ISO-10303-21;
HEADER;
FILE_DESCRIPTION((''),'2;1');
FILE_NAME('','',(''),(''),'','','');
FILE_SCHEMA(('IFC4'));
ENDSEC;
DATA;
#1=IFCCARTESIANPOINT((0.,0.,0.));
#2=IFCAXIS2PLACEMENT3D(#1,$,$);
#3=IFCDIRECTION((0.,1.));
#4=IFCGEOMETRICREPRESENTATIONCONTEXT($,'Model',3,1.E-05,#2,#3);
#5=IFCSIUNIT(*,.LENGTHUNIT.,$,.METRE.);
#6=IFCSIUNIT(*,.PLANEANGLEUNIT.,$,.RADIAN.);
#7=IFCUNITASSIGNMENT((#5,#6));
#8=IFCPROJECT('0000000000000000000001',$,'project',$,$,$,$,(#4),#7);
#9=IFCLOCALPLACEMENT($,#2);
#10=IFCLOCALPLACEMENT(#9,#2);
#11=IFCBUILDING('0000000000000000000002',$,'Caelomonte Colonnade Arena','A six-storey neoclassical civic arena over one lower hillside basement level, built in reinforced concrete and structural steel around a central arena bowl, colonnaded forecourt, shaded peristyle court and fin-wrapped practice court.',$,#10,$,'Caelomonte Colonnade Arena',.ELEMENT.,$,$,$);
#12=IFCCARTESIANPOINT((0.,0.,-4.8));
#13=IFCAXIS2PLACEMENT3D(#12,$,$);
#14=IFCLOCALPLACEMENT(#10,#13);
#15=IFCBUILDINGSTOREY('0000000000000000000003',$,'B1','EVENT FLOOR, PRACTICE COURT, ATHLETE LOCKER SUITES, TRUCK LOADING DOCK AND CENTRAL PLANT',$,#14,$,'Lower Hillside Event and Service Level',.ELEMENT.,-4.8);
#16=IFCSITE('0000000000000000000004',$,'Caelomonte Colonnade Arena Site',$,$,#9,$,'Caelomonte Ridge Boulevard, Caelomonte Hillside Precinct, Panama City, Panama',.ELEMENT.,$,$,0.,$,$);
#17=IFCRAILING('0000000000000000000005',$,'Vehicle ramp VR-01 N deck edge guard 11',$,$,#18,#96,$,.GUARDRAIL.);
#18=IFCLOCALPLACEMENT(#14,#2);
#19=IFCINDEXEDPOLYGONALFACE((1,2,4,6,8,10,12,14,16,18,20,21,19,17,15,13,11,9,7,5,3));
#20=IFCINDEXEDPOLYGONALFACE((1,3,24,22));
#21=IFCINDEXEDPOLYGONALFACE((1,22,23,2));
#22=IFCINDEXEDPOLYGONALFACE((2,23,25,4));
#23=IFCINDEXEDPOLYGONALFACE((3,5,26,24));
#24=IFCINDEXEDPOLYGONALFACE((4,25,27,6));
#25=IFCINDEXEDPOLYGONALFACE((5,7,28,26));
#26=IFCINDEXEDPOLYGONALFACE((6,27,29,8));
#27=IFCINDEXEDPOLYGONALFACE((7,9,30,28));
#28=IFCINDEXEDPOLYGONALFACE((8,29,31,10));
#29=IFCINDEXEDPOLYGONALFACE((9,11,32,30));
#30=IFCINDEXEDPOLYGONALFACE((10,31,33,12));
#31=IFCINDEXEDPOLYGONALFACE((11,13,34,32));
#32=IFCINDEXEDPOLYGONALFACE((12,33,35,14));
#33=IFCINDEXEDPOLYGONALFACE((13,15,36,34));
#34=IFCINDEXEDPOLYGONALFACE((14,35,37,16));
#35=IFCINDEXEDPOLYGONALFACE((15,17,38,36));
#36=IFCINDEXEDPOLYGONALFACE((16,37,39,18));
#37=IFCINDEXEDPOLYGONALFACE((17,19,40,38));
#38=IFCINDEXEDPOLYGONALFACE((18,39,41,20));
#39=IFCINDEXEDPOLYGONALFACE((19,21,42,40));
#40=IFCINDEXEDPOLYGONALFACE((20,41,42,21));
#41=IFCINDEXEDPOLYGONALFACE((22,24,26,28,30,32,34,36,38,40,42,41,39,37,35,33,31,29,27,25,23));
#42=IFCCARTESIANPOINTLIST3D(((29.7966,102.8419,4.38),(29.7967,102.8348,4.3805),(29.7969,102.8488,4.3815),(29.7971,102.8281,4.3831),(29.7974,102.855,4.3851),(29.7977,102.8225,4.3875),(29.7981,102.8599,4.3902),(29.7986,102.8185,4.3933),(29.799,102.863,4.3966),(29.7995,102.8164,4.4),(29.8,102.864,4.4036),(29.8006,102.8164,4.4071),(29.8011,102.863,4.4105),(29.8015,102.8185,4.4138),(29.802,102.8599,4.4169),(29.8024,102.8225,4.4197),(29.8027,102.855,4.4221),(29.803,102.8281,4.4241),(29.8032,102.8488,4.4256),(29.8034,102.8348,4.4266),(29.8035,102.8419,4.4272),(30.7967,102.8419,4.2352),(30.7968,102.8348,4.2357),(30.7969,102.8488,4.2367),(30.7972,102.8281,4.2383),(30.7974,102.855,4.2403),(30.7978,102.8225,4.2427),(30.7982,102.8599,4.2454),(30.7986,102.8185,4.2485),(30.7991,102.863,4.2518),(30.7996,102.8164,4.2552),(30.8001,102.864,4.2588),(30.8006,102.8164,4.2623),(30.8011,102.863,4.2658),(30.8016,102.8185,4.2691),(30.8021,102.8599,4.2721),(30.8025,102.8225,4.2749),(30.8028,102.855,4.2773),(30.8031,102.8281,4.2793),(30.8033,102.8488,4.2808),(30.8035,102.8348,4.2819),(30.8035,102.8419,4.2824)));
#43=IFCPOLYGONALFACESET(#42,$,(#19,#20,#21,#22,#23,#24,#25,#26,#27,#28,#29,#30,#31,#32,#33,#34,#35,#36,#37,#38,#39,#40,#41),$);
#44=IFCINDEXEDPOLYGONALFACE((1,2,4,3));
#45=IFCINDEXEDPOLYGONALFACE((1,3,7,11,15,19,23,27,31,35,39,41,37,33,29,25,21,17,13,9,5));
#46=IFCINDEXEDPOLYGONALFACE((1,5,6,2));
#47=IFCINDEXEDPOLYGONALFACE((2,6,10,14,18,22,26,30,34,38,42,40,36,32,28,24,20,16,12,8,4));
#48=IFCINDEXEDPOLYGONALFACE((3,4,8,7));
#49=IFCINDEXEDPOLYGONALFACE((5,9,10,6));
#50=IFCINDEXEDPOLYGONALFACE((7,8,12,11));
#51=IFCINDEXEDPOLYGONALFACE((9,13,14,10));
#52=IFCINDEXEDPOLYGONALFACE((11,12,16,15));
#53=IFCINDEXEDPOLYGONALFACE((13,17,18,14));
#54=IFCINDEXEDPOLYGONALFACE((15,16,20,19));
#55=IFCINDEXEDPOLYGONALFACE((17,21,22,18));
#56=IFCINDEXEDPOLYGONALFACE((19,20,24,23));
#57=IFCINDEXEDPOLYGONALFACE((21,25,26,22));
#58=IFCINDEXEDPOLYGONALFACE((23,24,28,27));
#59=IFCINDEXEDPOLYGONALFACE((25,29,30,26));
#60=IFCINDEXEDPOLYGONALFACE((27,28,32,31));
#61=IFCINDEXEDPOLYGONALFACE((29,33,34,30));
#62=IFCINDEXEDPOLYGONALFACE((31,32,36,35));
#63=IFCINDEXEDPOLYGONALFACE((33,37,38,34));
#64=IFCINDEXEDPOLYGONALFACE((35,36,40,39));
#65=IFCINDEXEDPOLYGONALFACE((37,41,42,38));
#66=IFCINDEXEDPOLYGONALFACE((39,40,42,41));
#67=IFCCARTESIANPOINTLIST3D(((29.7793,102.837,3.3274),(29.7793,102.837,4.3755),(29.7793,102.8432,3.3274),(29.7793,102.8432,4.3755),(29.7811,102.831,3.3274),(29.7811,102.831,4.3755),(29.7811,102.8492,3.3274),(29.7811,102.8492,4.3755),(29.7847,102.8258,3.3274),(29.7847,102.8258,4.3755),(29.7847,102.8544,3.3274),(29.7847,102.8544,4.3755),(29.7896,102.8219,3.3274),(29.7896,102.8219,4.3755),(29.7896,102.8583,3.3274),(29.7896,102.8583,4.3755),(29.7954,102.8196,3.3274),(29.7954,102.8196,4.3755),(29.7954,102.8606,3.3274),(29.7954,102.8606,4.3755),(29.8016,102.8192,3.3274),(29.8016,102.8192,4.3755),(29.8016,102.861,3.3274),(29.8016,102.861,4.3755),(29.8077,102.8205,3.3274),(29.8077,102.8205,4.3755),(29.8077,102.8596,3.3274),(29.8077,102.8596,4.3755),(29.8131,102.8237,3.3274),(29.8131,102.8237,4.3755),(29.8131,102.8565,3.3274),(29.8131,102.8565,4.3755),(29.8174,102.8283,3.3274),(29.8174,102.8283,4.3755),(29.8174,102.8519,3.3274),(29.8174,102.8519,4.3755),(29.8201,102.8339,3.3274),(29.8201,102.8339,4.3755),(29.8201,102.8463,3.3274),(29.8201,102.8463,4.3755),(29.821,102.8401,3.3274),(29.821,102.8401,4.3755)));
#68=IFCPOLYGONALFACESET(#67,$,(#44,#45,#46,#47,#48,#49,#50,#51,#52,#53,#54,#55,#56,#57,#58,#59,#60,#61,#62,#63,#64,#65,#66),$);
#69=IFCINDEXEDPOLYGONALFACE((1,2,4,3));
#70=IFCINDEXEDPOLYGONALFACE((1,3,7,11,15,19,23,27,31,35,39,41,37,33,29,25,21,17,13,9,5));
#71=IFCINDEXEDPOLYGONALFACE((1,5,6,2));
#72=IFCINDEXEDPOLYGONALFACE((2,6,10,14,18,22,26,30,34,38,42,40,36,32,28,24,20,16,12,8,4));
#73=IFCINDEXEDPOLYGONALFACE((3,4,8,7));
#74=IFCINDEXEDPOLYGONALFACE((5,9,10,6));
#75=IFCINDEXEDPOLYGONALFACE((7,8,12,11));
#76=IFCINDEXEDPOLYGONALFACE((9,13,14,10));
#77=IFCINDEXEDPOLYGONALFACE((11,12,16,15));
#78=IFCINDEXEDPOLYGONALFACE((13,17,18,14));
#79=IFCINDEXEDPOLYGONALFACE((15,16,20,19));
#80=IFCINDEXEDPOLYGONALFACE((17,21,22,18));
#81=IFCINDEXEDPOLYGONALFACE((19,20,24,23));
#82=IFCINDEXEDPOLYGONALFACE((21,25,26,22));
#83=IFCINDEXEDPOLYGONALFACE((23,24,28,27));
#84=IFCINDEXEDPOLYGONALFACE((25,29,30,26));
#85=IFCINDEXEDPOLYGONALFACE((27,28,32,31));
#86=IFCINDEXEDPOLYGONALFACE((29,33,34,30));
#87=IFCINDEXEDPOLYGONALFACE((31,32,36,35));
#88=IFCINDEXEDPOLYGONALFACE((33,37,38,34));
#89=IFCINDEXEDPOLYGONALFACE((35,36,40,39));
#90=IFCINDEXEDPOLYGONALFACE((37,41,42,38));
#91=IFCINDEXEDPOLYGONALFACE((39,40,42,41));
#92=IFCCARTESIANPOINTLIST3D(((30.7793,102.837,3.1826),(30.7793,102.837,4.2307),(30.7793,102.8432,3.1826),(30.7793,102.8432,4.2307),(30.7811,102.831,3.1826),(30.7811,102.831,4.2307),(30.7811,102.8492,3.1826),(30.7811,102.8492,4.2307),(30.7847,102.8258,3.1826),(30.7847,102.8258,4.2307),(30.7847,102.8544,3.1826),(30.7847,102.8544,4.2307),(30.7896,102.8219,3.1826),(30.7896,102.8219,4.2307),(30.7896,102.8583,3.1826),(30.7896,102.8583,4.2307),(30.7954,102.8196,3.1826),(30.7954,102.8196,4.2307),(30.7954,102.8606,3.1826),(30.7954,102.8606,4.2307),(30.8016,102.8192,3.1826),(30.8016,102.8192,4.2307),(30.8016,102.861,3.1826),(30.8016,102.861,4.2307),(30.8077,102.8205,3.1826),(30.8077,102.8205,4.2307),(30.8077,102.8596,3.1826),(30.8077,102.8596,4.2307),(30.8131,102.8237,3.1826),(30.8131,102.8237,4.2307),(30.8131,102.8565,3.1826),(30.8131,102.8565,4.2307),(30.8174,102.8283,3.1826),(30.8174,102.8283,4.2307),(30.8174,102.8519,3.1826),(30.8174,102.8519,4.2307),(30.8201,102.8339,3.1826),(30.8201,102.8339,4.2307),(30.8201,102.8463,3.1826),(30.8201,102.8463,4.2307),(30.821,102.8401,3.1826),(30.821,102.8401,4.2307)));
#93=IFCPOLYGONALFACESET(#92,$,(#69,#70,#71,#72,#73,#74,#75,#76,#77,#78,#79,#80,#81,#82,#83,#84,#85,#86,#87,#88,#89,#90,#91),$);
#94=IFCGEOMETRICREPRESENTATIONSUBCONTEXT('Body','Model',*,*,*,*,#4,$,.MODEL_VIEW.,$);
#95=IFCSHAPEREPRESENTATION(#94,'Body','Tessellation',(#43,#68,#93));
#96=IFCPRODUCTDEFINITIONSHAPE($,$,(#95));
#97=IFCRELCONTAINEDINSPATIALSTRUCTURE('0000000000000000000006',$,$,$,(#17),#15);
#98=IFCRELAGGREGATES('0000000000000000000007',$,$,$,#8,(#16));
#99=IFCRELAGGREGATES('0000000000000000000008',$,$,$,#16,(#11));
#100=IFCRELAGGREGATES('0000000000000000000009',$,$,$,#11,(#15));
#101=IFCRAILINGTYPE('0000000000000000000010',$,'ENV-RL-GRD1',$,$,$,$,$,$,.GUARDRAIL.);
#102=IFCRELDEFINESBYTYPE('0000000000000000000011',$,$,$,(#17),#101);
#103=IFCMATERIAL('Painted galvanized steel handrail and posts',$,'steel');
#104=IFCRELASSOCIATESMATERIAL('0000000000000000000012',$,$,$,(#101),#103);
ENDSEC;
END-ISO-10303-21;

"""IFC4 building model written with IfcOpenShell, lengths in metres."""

from ifc_helpers import new_model, si_unit, direction, frame, origin, origin_2d, place, context, subcontext, project, spatial, circle, extrude, material, type_object, element, save


model = new_model("IFC4")

# Units and contexts
model_context = context("Model", 3, precision=1e-05, world=origin(), true_north=direction((0.0, 1.0)))
body_context = subcontext(model_context, "Body", "Model", "MODEL_VIEW")
ifc_project = project(units=[si_unit("LENGTHUNIT", "METRE"), si_unit("PLANEANGLEUNIT", "RADIAN")], contexts=[model_context])

# Site, building, storey
site_placement = place(None, origin())
site = spatial("IfcSite", under=ifc_project, at=site_placement, Name="Caelomonte Colonnade Arena Site", LongName="Caelomonte Ridge Boulevard, Caelomonte Hillside Precinct, Panama City, Panama", CompositionType="ELEMENT", RefElevation=0.0)
building_placement = place(site_placement, origin())
building = spatial("IfcBuilding", under=site, at=building_placement, Name="Caelomonte Colonnade Arena", Description="A six-storey neoclassical civic arena over one lower hillside basement level, built in reinforced concrete and structural steel around a central arena bowl, colonnaded forecourt, shaded peristyle court and fin-wrapped practice court.", LongName="Caelomonte Colonnade Arena", CompositionType="ELEMENT")
storey_placement = place(building_placement, frame((0.0, 0.0, -4.8)))
storey = spatial("IfcBuildingStorey", under=building, at=storey_placement, Name="B1", Description="EVENT FLOOR, PRACTICE COURT, ATHLETE LOCKER SUITES, TRUCK LOADING DOCK AND CENTRAL PLANT", LongName="Lower Hillside Event and Service Level", CompositionType="ELEMENT", Elevation=-4.8)

# Railing
ifc_material_1 = material(Name="Painted galvanized steel handrail and posts", Category="steel")
railing_type = type_object("IfcRailingType", Name="ENV-RL-GRD1", PredefinedType="GUARDRAIL", material=ifc_material_1)
for number, where, name in (
    (1, (29.8, 102.8401, 3.3274), "Vehicle ramp VR-01 N deck edge guard 11"),
):
    element("IfcRailing", number, at=place(storey_placement, frame(where)), inside=storey, type_object=railing_type, Name=name, PredefinedType="GUARDRAIL", context=body_context, shape_type="SweptSolid", body=[
        extrude(circle(Radius=0.0239, at=origin_2d()), frame((0.0, 0.0, 1.0762), z_axis=(0.989682, 0.0, -0.143282), x_axis=(0.0, 1.0, 0.0)), (0.0, 0.0, 1.0), 1.0105),
        extrude(circle(Radius=0.021, at=origin_2d()), origin(), (0.0, 0.0, 1.0), 1.0481),
        extrude(circle(Radius=0.021, at=origin_2d()), frame((1.0, 0.0, -0.1448)), (0.0, 0.0, 1.0), 1.0481),
    ])

save(model, "model.ifc")
